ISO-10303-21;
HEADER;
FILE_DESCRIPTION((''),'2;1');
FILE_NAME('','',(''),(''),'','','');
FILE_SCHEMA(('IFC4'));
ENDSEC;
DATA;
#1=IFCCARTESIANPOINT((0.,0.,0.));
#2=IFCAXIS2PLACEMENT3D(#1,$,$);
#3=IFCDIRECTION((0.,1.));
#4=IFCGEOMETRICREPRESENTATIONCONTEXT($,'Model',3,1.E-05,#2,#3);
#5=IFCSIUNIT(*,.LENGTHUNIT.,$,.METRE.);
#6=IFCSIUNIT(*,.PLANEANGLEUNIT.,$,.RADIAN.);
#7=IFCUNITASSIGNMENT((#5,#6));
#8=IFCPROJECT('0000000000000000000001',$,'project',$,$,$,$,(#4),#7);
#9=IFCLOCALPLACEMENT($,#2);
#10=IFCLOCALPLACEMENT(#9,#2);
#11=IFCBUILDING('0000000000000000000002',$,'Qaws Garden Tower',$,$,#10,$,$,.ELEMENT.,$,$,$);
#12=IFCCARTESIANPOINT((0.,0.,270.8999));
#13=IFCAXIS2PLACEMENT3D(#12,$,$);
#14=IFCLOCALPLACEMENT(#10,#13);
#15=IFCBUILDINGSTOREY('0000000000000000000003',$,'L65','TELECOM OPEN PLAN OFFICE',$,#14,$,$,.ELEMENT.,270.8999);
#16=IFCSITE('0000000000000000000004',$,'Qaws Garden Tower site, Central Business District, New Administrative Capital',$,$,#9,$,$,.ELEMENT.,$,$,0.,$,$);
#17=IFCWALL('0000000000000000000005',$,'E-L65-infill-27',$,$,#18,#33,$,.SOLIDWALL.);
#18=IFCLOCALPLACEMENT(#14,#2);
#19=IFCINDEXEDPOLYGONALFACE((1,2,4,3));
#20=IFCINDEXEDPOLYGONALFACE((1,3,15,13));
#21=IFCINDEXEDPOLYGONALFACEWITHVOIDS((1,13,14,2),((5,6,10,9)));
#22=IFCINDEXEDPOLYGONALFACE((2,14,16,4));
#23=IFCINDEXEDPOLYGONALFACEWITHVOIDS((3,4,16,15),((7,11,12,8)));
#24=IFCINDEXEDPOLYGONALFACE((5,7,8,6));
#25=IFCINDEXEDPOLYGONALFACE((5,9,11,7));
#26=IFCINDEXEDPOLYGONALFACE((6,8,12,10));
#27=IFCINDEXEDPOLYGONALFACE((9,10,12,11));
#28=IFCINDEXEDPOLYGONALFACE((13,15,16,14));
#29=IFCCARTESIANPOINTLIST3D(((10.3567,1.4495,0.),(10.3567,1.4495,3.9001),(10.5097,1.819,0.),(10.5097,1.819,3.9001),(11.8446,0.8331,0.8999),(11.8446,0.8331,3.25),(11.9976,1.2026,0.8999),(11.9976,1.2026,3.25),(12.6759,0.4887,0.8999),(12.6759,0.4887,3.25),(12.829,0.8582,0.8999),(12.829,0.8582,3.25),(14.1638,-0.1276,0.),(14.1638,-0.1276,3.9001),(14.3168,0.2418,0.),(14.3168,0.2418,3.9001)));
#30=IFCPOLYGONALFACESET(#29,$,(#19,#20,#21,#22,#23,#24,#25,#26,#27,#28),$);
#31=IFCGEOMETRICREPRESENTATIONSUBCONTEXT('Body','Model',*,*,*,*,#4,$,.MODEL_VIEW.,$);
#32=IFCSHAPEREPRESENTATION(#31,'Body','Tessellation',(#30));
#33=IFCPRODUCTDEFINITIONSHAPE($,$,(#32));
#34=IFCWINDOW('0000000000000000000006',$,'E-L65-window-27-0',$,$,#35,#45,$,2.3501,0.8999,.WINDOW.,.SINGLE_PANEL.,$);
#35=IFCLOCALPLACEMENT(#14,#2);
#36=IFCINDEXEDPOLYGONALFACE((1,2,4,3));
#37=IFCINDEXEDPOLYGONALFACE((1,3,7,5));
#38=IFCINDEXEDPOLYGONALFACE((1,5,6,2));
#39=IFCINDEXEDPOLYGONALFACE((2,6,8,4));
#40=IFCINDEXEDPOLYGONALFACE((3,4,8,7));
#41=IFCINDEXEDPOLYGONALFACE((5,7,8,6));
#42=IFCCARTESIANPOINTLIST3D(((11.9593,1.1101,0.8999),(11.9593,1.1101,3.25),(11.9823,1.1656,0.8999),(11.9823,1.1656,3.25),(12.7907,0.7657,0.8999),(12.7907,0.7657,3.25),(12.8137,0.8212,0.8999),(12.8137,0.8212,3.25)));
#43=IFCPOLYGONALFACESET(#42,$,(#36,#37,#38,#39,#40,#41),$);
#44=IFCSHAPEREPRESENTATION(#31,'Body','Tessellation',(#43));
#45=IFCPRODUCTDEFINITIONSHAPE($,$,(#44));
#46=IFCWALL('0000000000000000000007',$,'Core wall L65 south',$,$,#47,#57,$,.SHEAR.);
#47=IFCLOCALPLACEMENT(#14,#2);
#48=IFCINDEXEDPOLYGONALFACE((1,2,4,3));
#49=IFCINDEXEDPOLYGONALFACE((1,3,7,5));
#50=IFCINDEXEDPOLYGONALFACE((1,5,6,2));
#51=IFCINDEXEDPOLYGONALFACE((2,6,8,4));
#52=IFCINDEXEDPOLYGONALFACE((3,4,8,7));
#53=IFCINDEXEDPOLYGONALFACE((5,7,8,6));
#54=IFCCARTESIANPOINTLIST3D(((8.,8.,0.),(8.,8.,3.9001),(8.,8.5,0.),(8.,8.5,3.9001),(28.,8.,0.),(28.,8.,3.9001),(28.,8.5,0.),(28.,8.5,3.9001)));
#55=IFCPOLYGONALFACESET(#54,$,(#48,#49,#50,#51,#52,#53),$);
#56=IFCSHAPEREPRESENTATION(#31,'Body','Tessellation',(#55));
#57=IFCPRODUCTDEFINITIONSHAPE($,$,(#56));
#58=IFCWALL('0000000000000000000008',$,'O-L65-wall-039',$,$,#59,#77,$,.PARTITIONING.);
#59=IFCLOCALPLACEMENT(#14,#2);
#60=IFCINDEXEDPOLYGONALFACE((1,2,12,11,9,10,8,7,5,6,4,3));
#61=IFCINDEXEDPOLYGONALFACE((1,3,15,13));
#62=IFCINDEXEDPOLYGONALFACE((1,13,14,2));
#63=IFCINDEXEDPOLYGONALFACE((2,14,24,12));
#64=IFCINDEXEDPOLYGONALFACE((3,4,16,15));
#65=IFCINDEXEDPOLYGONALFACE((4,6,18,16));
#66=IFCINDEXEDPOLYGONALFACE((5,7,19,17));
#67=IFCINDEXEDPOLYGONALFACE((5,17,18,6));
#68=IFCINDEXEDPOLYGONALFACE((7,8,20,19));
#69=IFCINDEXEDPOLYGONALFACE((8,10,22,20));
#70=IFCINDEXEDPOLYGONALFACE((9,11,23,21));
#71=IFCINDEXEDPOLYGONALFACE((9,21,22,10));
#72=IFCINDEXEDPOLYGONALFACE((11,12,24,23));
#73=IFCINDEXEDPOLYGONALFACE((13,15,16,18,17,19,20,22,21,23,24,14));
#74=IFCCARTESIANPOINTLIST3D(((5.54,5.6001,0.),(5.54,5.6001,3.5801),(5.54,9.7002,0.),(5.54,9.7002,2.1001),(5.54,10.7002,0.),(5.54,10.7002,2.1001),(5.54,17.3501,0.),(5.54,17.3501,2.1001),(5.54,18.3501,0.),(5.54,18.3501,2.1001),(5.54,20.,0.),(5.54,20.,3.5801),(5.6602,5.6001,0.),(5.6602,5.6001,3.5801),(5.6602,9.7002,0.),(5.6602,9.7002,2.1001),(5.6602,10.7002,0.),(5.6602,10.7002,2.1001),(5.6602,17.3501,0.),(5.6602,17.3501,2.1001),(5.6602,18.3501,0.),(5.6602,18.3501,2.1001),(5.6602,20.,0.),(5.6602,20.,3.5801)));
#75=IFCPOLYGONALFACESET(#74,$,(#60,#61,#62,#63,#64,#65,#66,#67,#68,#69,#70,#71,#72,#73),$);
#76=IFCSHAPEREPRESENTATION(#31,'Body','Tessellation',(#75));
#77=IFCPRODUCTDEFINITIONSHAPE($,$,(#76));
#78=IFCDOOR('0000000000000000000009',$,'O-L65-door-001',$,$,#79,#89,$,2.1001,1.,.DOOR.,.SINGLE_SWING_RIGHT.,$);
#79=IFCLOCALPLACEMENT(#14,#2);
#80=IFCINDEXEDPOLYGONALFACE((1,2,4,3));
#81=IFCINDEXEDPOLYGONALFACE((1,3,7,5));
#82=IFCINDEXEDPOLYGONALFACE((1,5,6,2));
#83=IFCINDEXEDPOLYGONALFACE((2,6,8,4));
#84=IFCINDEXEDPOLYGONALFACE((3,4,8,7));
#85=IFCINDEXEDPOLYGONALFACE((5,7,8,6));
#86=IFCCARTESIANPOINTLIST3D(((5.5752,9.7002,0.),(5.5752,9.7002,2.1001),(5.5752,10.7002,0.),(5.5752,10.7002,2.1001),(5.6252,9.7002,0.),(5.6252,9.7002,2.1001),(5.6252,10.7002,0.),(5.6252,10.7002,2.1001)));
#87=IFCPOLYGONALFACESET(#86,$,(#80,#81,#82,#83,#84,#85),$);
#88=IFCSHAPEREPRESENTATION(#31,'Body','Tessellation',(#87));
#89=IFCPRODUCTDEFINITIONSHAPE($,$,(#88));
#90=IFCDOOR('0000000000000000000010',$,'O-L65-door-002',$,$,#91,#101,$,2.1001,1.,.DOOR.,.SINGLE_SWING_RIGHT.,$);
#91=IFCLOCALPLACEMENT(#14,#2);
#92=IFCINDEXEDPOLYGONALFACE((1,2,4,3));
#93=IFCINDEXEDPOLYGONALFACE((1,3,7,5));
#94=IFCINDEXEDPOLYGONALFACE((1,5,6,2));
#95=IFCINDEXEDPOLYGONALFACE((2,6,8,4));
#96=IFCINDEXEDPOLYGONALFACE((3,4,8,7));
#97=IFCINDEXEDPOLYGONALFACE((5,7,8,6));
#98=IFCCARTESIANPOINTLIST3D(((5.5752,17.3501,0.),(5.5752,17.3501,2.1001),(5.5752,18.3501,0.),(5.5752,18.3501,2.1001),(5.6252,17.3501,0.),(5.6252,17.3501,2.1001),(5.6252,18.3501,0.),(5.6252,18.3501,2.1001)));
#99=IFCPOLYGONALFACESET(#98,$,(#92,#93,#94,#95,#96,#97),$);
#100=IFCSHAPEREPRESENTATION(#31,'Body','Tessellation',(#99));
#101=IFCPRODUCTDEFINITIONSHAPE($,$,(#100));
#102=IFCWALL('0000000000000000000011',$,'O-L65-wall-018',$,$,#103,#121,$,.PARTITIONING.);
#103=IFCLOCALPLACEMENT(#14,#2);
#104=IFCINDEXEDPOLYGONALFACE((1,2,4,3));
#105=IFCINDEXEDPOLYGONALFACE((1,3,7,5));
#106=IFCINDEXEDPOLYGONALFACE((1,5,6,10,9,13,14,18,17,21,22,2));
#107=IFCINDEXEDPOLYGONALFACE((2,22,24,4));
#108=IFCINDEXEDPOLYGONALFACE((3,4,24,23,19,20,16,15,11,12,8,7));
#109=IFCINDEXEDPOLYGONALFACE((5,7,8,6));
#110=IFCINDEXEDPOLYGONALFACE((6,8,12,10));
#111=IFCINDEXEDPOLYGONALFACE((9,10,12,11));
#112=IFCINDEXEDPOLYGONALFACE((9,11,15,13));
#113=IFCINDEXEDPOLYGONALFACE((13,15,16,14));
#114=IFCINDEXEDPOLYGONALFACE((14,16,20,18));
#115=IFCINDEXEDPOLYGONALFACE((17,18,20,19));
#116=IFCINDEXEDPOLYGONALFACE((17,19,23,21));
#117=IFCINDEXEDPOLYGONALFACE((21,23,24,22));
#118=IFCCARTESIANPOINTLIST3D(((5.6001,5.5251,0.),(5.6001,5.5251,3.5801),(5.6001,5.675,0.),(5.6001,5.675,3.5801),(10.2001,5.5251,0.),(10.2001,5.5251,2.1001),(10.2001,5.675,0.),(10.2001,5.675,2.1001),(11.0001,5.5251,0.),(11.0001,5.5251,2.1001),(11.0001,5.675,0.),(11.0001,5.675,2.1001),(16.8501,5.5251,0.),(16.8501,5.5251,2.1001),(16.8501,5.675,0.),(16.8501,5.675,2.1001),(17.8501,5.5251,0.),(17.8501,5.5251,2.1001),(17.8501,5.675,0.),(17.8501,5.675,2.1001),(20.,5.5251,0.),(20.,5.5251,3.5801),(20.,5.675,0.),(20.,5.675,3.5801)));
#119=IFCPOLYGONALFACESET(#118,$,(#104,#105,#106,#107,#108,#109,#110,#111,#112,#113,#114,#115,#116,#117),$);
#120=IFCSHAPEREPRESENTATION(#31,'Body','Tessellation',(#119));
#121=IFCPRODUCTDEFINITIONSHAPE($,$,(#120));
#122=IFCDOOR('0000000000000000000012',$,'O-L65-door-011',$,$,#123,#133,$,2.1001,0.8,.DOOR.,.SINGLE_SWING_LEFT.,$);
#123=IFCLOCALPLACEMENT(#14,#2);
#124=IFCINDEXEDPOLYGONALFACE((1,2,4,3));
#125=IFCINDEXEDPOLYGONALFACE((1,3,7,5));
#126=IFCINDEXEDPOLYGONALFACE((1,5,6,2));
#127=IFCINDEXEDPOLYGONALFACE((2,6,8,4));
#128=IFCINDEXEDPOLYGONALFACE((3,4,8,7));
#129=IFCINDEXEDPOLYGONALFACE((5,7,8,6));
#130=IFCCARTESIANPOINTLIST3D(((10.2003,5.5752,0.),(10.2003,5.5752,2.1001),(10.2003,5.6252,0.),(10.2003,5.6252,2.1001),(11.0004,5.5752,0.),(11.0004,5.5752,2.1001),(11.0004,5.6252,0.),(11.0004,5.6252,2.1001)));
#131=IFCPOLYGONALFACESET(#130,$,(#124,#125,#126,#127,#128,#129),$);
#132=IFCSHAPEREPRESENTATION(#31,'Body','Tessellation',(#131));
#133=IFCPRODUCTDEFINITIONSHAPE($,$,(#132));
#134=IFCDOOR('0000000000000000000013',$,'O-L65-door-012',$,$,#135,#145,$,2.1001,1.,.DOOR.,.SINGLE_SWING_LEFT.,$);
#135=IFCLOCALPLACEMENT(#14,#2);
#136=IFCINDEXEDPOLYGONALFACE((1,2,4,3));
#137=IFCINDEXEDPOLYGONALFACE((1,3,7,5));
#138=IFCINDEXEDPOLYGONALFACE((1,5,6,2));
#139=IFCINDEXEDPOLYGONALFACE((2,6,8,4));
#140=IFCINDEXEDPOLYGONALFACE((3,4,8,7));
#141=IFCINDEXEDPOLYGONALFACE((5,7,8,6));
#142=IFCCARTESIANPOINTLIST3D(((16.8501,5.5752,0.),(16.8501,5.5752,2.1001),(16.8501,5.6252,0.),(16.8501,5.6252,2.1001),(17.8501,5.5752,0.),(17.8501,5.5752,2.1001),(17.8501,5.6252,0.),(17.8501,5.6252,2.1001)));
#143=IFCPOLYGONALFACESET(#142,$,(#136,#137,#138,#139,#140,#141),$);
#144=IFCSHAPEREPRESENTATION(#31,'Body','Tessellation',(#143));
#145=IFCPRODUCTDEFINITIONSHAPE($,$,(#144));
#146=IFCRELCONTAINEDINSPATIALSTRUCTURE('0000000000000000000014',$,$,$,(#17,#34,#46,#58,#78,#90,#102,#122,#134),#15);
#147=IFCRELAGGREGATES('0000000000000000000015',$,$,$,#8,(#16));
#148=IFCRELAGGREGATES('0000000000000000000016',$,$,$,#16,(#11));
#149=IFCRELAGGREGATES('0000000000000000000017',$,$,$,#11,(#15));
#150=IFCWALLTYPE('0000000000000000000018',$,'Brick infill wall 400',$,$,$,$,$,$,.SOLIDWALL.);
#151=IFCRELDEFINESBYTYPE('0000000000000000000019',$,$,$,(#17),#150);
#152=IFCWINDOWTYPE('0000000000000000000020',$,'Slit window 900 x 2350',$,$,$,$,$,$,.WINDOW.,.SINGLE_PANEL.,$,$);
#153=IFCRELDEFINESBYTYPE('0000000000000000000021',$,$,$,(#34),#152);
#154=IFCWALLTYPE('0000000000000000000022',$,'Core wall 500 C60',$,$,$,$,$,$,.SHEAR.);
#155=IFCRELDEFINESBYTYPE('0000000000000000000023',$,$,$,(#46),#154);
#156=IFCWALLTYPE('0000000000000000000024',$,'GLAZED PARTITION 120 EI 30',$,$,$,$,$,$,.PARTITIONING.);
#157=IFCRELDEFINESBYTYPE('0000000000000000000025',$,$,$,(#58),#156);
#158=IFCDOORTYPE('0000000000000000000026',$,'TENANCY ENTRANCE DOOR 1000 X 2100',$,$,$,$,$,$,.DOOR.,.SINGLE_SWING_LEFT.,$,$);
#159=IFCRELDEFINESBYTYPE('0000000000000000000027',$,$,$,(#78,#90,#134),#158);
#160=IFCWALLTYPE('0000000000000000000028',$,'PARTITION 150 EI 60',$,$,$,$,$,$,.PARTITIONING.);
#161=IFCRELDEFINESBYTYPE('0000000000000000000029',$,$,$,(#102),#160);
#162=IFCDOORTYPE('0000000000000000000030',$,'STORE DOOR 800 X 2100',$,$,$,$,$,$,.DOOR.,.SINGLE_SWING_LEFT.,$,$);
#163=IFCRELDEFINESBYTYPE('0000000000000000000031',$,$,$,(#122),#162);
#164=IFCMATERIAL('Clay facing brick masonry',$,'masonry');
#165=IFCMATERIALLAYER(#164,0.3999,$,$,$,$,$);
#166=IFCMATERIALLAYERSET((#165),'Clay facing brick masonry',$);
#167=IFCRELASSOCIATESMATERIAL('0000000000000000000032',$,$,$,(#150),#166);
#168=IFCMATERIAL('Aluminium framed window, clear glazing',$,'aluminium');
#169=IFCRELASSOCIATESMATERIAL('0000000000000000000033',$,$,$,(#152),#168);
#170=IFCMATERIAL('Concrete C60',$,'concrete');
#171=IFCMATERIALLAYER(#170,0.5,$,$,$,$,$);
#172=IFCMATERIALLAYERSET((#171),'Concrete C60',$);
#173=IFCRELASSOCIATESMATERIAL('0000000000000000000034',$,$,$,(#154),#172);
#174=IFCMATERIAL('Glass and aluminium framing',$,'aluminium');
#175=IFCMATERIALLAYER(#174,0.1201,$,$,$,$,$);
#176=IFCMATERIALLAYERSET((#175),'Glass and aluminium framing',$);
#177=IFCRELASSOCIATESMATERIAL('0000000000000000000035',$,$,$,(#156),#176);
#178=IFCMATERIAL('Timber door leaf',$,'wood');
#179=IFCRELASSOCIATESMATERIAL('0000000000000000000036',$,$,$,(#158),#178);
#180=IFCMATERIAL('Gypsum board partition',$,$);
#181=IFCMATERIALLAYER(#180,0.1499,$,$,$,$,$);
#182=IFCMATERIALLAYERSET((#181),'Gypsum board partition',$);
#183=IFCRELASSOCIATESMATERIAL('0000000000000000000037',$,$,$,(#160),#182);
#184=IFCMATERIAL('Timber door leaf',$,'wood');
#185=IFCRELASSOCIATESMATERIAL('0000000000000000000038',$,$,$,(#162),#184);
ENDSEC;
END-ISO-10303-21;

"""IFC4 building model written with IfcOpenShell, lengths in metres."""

from ifc_helpers import new_model, si_unit, direction, frame, frame_2d, origin, place, context, subcontext, project, spatial, rectangle, extrude, material, layer, layer_set, type_object, element, fill, save


model = new_model("IFC4")

# Units and contexts
model_context = context("Model", 3, precision=1e-05, world=origin(), true_north=direction((0.0, 1.0)))
body_context = subcontext(model_context, "Body", "Model", "MODEL_VIEW")
ifc_project = project(units=[si_unit("LENGTHUNIT", "METRE"), si_unit("PLANEANGLEUNIT", "RADIAN")], contexts=[model_context])

# Site, building, storey
site_placement = place(None, origin())
site = spatial("IfcSite", under=ifc_project, at=site_placement, Name="Qaws Garden Tower site, Central Business District, New Administrative Capital", CompositionType="ELEMENT", RefElevation=0.0)
building_placement = place(site_placement, origin())
building = spatial("IfcBuilding", under=site, at=building_placement, Name="Qaws Garden Tower", CompositionType="ELEMENT")
storey_placement = place(building_placement, frame((0.0, 0.0, 270.8999)))
storey = spatial("IfcBuildingStorey", under=building, at=storey_placement, Name="L65", Description="TELECOM OPEN PLAN OFFICE", CompositionType="ELEMENT", Elevation=270.8999)

# Wall, opening, window
ifc_material_1 = material(Name="Clay facing brick masonry", Category="masonry")
ifc_layer_1 = layer(ifc_material_1, 0.3999)
ifc_layer_set_1 = layer_set([ifc_layer_1], Name="Clay facing brick masonry")
wall_type_1 = type_object("IfcWallType", Name="Brick infill wall 400", PredefinedType="SOLIDWALL", material=ifc_layer_set_1)
ifc_material_2 = material(Name="Aluminium framed window, clear glazing", Category="aluminium")
window_type = type_object("IfcWindowType", Name="Slit window 900 x 2350", PartitioningType="SINGLE_PANEL", PredefinedType="WINDOW", material=ifc_material_2)
wall_1_placement = place(storey_placement, frame((10.4331, 1.6343, 0.0), z_axis=(0.0, 0.0, 1.0), x_axis=(0.923864, -0.382722, 0.0)))
wall_1 = element("IfcWall", 1, at=wall_1_placement, inside=storey, type_object=wall_type_1, Name="E-L65-infill-27", PredefinedType="SOLIDWALL", context=body_context, shape_type="SweptSolid", body=[
    extrude(rectangle(XDim=4.1208, YDim=0.3999, at=frame_2d((2.0605, 0.0))), origin(), (0.0, 0.0, 1.0), 3.9001),
])
opening_1_placement = place(wall_1_placement, frame((1.6106, 0.0, 0.8999)))
opening_1 = element("IfcOpeningElement", 2, at=opening_1_placement, cuts=wall_1, PredefinedType="OPENING", context=body_context, shape_type="SweptSolid", body=[
    extrude(rectangle(XDim=0.8999, YDim=2.3501, at=frame_2d((0.45, 1.175))), frame((0.0, 0.21, 0.0), z_axis=(0.0, -1.0, 0.0), x_axis=(1.0, 0.0, 0.0)), (0.0, 0.0, 1.0), 0.4199),
])
window_1_placement = place(opening_1_placement, origin())
window_1 = element("IfcWindow", 3, at=window_1_placement, inside=storey, type_object=window_type, Name="E-L65-window-27-0", OverallHeight=2.3501, OverallWidth=0.8999, PartitioningType="SINGLE_PANEL", PredefinedType="WINDOW", context=body_context, shape_type="SweptSolid", body=[
    extrude(rectangle(XDim=0.8999, YDim=2.3501, at=frame_2d((0.45, 1.175))), frame((0.0, 0.1599, 0.0), z_axis=(0.0, -1.0, 0.0), x_axis=(1.0, 0.0, 0.0)), (0.0, 0.0, 1.0), 0.0601),
])
fill(opening_1, window_1)

# Wall
ifc_material_3 = material(Name="Concrete C60", Category="concrete")
ifc_layer_2 = layer(ifc_material_3, 0.5)
ifc_layer_set_2 = layer_set([ifc_layer_2], Name="Concrete C60")
wall_type_2 = type_object("IfcWallType", Name="Core wall 500 C60", PredefinedType="SHEAR", material=ifc_layer_set_2)
wall_2_placement = place(storey_placement, frame((8.0, 8.25, 0.0), z_axis=(0.0, 0.0, 1.0), x_axis=(1.0, 0.0, 0.0)))
element("IfcWall", 4, at=wall_2_placement, inside=storey, type_object=wall_type_2, Name="Core wall L65 south", PredefinedType="SHEAR", context=body_context, shape_type="SweptSolid", body=[
    extrude(rectangle(XDim=20.0, YDim=0.5, at=frame_2d((10.0, 0.0))), origin(), (0.0, 0.0, 1.0), 3.9001),
])

# Walls, openings, doors
ifc_material_4 = material(Name="Glass and aluminium framing", Category="aluminium")
ifc_layer_3 = layer(ifc_material_4, 0.1201)
ifc_layer_set_3 = layer_set([ifc_layer_3], Name="Glass and aluminium framing")
wall_type_3 = type_object("IfcWallType", Name="GLAZED PARTITION 120 EI 30", PredefinedType="PARTITIONING", material=ifc_layer_set_3)
wall_3_placement = place(storey_placement, frame((5.6001, 5.6001, 0.0), z_axis=(0.0, 0.0, 1.0), x_axis=(0.0, 1.0, 0.0)))
wall_3 = element("IfcWall", 5, at=wall_3_placement, inside=storey, type_object=wall_type_3, Name="O-L65-wall-039", PredefinedType="PARTITIONING", context=body_context, shape_type="SweptSolid", body=[
    extrude(rectangle(XDim=14.3999, YDim=0.1201, at=frame_2d((7.2, 0.0))), origin(), (0.0, 0.0, 1.0), 3.5801),
])
opening_2_placement = place(wall_3_placement, frame((4.1001, 0.0, 0.0)))
opening_2 = element("IfcOpeningElement", 6, at=opening_2_placement, cuts=wall_3, PredefinedType="OPENING", context=body_context, shape_type="SweptSolid", body=[
    extrude(rectangle(XDim=1.0, YDim=2.1001, at=frame_2d((0.5, 1.05))), frame((0.0, 0.0701, 0.0), z_axis=(0.0, -1.0, 0.0), x_axis=(1.0, 0.0, 0.0)), (0.0, 0.0, 1.0), 0.1401),
])
opening_3_placement = place(wall_3_placement, frame((11.75, 0.0, 0.0)))
opening_3 = element("IfcOpeningElement", 7, at=opening_3_placement, cuts=wall_3, PredefinedType="OPENING", context=body_context, shape_type="SweptSolid", body=[
    extrude(rectangle(XDim=1.0, YDim=2.1001, at=frame_2d((0.5, 1.05))), frame((0.0, 0.0701, 0.0), z_axis=(0.0, -1.0, 0.0), x_axis=(1.0, 0.0, 0.0)), (0.0, 0.0, 1.0), 0.1401),
])
ifc_material_5 = material(Name="Timber door leaf", Category="wood")
door_type_1 = type_object("IfcDoorType", Name="TENANCY ENTRANCE DOOR 1000 X 2100", OperationType="SINGLE_SWING_LEFT", PredefinedType="DOOR", material=ifc_material_5)
door_1_placement = place(opening_2_placement, origin())
door_1 = element("IfcDoor", 8, at=door_1_placement, inside=storey, type_object=door_type_1, Name="O-L65-door-001", OperationType="SINGLE_SWING_RIGHT", OverallHeight=2.1001, OverallWidth=1.0, PredefinedType="DOOR", context=body_context, shape_type="SweptSolid", body=[
    extrude(rectangle(XDim=1.0, YDim=2.1001, at=frame_2d((0.5, 1.05))), frame((0.0, 0.0249, 0.0), z_axis=(0.0, -1.0, 0.0), x_axis=(1.0, 0.0, 0.0)), (0.0, 0.0, 1.0), 0.05),
])
fill(opening_2, door_1)
door_2_placement = place(opening_3_placement, origin())
door_2 = element("IfcDoor", 9, at=door_2_placement, inside=storey, type_object=door_type_1, Name="O-L65-door-002", OperationType="SINGLE_SWING_RIGHT", OverallHeight=2.1001, OverallWidth=1.0, PredefinedType="DOOR", context=body_context, shape_type="SweptSolid", body=[
    extrude(rectangle(XDim=1.0, YDim=2.1001, at=frame_2d((0.5, 1.05))), frame((0.0, 0.0249, 0.0), z_axis=(0.0, -1.0, 0.0), x_axis=(1.0, 0.0, 0.0)), (0.0, 0.0, 1.0), 0.05),
])
fill(opening_3, door_2)
ifc_material_6 = material(Name="Gypsum board partition")
ifc_layer_4 = layer(ifc_material_6, 0.1499)
ifc_layer_set_4 = layer_set([ifc_layer_4], Name="Gypsum board partition")
wall_type_4 = type_object("IfcWallType", Name="PARTITION 150 EI 60", PredefinedType="PARTITIONING", material=ifc_layer_set_4)
wall_4_placement = place(storey_placement, frame((5.6001, 5.6001, 0.0), z_axis=(0.0, 0.0, 1.0), x_axis=(1.0, 0.0, 0.0)))
wall_4 = element("IfcWall", 10, at=wall_4_placement, inside=storey, type_object=wall_type_4, Name="O-L65-wall-018", PredefinedType="PARTITIONING", context=body_context, shape_type="SweptSolid", body=[
    extrude(rectangle(XDim=14.3999, YDim=0.1499, at=frame_2d((7.2, 0.0))), origin(), (0.0, 0.0, 1.0), 3.5801),
])
opening_4_placement = place(wall_4_placement, frame((4.6001, 0.0, 0.0)))
opening_4 = element("IfcOpeningElement", 11, at=opening_4_placement, cuts=wall_4, PredefinedType="OPENING", context=body_context, shape_type="SweptSolid", body=[
    extrude(rectangle(XDim=0.8, YDim=2.1001, at=frame_2d((0.3999, 1.05))), frame((0.0, 0.085, 0.0), z_axis=(0.0, -1.0, 0.0), x_axis=(1.0, 0.0, 0.0)), (0.0, 0.0, 1.0), 0.1699),
])
opening_5_placement = place(wall_4_placement, frame((11.25, 0.0, 0.0)))
opening_5 = element("IfcOpeningElement", 12, at=opening_5_placement, cuts=wall_4, PredefinedType="OPENING", context=body_context, shape_type="SweptSolid", body=[
    extrude(rectangle(XDim=1.0, YDim=2.1001, at=frame_2d((0.5, 1.05))), frame((0.0, 0.085, 0.0), z_axis=(0.0, -1.0, 0.0), x_axis=(1.0, 0.0, 0.0)), (0.0, 0.0, 1.0), 0.1699),
])
ifc_material_7 = material(Name="Timber door leaf", Category="wood")
door_type_2 = type_object("IfcDoorType", Name="STORE DOOR 800 X 2100", OperationType="SINGLE_SWING_LEFT", PredefinedType="DOOR", material=ifc_material_7)
door_3_placement = place(opening_4_placement, frame((0.8, 0.0, 0.0), z_axis=(0.0, 0.0, 1.0), x_axis=(-1.0, 0.0, 0.0)))
door_3 = element("IfcDoor", 13, at=door_3_placement, inside=storey, type_object=door_type_2, Name="O-L65-door-011", OperationType="SINGLE_SWING_LEFT", OverallHeight=2.1001, OverallWidth=0.8, PredefinedType="DOOR", context=body_context, shape_type="SweptSolid", body=[
    extrude(rectangle(XDim=0.8, YDim=2.1001, at=frame_2d((0.3999, 1.05))), frame((0.0, 0.0249, 0.0), z_axis=(0.0, -1.0, 0.0), x_axis=(1.0, 0.0, 0.0)), (0.0, 0.0, 1.0), 0.05),
])
fill(opening_4, door_3)
door_4_placement = place(opening_5_placement, frame((1.0, 0.0, 0.0), z_axis=(0.0, 0.0, 1.0), x_axis=(-1.0, 0.0, 0.0)))
door_4 = element("IfcDoor", 14, at=door_4_placement, inside=storey, type_object=door_type_1, Name="O-L65-door-012", OperationType="SINGLE_SWING_LEFT", OverallHeight=2.1001, OverallWidth=1.0, PredefinedType="DOOR", context=body_context, shape_type="SweptSolid", body=[
    extrude(rectangle(XDim=1.0, YDim=2.1001, at=frame_2d((0.5, 1.05))), frame((0.0, 0.0249, 0.0), z_axis=(0.0, -1.0, 0.0), x_axis=(1.0, 0.0, 0.0)), (0.0, 0.0, 1.0), 0.05),
])
fill(opening_5, door_4)

save(model, "model.ifc")
